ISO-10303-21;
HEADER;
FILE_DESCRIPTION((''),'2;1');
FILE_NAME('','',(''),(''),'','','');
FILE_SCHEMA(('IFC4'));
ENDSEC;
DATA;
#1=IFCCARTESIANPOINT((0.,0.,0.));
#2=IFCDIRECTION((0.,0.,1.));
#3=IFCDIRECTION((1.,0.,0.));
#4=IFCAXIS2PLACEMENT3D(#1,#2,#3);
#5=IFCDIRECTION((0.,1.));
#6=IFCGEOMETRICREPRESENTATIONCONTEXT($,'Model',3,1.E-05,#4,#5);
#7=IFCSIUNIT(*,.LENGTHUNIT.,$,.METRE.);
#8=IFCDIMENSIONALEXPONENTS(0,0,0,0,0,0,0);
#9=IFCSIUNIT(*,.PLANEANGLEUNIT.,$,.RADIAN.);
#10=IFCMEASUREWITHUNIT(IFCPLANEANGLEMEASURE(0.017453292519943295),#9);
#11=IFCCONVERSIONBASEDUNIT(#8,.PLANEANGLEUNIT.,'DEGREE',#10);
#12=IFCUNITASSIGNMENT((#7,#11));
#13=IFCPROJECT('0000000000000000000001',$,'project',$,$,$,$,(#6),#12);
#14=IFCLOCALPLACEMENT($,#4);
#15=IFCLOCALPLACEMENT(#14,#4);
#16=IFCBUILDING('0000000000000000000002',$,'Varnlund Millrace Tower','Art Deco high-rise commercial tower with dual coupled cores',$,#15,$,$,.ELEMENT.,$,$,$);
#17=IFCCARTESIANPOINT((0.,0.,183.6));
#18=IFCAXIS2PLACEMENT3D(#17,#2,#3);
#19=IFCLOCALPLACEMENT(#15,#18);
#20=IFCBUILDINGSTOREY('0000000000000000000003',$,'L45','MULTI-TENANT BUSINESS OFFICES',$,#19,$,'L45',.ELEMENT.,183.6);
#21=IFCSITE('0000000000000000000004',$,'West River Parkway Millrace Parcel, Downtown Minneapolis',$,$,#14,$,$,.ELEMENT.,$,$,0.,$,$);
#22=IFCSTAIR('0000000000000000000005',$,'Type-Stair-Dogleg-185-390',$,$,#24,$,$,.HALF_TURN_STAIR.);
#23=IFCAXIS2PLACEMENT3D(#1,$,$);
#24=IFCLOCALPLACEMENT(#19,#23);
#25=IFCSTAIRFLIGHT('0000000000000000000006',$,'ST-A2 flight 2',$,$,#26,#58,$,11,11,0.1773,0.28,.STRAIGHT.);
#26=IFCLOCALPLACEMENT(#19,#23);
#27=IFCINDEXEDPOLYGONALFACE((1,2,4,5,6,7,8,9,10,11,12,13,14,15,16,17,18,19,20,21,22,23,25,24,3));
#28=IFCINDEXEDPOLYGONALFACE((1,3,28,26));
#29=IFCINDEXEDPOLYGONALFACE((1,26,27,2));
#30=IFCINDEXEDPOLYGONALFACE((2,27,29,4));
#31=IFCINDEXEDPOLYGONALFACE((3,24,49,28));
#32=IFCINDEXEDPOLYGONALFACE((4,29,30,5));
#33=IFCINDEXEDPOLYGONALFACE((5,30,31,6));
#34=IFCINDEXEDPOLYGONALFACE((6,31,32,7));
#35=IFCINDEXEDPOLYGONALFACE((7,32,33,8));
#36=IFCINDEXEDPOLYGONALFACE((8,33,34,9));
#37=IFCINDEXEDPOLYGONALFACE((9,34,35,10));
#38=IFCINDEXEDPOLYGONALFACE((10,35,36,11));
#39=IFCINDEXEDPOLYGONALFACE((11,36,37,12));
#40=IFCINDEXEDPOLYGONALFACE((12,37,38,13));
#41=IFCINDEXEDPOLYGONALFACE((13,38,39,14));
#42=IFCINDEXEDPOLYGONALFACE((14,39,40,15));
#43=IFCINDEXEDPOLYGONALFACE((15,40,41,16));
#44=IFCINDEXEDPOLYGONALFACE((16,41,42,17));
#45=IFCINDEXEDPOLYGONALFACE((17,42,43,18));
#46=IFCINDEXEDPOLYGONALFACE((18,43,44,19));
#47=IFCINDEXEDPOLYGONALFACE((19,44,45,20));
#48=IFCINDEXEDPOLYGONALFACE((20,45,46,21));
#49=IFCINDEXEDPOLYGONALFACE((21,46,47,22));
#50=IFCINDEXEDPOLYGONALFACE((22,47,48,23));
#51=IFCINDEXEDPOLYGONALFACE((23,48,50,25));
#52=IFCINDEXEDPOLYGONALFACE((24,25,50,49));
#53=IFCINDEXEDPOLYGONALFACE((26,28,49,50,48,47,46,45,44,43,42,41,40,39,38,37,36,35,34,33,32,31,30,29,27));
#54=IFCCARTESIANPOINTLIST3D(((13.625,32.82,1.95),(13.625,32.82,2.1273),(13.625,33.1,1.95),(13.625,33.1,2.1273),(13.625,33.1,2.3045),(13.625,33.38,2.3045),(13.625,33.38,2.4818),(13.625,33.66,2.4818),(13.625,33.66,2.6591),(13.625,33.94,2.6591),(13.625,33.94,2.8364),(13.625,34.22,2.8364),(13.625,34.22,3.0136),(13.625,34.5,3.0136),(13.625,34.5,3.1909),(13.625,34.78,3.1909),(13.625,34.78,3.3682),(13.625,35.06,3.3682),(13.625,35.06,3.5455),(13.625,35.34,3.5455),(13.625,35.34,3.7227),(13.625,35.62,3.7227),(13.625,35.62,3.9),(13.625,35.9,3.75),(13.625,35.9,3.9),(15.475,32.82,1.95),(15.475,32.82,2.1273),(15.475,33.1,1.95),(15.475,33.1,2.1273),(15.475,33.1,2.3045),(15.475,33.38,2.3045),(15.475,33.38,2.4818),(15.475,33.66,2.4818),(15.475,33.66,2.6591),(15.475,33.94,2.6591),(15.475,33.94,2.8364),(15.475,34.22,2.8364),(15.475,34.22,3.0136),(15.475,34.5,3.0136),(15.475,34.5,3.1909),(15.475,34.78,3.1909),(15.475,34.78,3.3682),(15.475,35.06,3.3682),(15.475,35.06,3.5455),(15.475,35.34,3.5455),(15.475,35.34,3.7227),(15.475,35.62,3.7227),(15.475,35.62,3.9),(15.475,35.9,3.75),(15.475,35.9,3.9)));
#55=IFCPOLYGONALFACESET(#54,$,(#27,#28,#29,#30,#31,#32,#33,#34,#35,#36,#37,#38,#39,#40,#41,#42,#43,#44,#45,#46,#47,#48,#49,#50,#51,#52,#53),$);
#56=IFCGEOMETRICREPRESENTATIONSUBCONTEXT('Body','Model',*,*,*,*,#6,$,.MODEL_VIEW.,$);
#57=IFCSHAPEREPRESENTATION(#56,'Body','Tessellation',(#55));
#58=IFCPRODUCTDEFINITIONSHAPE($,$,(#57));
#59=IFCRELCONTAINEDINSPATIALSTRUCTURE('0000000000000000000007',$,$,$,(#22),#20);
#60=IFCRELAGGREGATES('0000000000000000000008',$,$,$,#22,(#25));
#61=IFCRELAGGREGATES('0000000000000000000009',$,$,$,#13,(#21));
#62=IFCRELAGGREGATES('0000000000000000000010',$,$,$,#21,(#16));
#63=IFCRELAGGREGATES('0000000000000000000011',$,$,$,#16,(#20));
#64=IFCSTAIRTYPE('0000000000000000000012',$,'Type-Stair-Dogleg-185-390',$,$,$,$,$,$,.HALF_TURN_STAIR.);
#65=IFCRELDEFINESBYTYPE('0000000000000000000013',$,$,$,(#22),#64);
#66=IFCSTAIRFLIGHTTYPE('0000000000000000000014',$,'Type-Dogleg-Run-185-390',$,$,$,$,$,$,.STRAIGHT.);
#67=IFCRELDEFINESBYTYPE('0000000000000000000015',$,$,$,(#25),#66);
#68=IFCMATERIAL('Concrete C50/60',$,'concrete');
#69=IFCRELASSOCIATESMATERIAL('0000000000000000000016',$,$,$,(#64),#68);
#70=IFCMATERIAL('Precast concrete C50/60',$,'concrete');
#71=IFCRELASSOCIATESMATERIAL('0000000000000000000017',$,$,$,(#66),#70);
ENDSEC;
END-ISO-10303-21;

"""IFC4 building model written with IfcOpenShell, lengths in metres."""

from ifc_helpers import new_model, entity, si_unit, converted_unit, direction, frame, origin_with_axes, place, context, subcontext, project, spatial, polyline, outline, extrude, material, type_object, element, aggregate, save


model = new_model("IFC4")

# Units and contexts
model_context = context("Model", 3, precision=1e-05, world=origin_with_axes(), true_north=direction((0.0, 1.0)))
body_context = subcontext(model_context, "Body", "Model", "MODEL_VIEW")
ifc_project = project(units=[si_unit("LENGTHUNIT", "METRE"), converted_unit("PLANEANGLEUNIT", "DEGREE", entity("IfcPlaneAngleMeasure", 0.017453292519943295), si_unit("PLANEANGLEUNIT", "RADIAN"), dimensions=[0, 0, 0, 0, 0, 0, 0])], contexts=[model_context])

# Site, building, storey
site_placement = place(None, origin_with_axes())
site = spatial("IfcSite", under=ifc_project, at=site_placement, Name="West River Parkway Millrace Parcel, Downtown Minneapolis", CompositionType="ELEMENT", RefElevation=0.0)
building_placement = place(site_placement, origin_with_axes())
building = spatial("IfcBuilding", under=site, at=building_placement, Name="Varnlund Millrace Tower", Description="Art Deco high-rise commercial tower with dual coupled cores", CompositionType="ELEMENT")
storey_placement = place(building_placement, frame((0.0, 0.0, 183.6), z_axis=(0.0, 0.0, 1.0), x_axis=(1.0, 0.0, 0.0)))
storey = spatial("IfcBuildingStorey", under=building, at=storey_placement, Name="L45", Description="MULTI-TENANT BUSINESS OFFICES", LongName="L45", CompositionType="ELEMENT", Elevation=183.6)

# Shared definitions
ifc_material_1 = material(Name="Precast concrete C50/60", Category="concrete")

# Stair, stair flight
ifc_material_2 = material(Name="Concrete C50/60", Category="concrete")
stair_type = type_object("IfcStairType", Name="Type-Stair-Dogleg-185-390", PredefinedType="HALF_TURN_STAIR", material=ifc_material_2)
stair_placement = place(storey_placement, origin_with_axes())
stair = element("IfcStair", 1, at=stair_placement, inside=storey, type_object=stair_type, Name="Type-Stair-Dogleg-185-390", PredefinedType="HALF_TURN_STAIR")
stair_flight_type = type_object("IfcStairFlightType", Name="Type-Dogleg-Run-185-390", PredefinedType="STRAIGHT", material=ifc_material_1)
stair_flight_placement = place(storey_placement, frame((13.625, 32.82, 1.95), z_axis=(1.0, 0.0, 0.0), x_axis=(0.0, 1.0, 0.0)))
stair_flight = element("IfcStairFlight", 2, at=stair_flight_placement, type_object=stair_flight_type, Name="ST-A2 flight 2", NumberOfRisers=11, NumberOfTreads=11, PredefinedType="STRAIGHT", RiserHeight=0.1773, TreadLength=0.28, context=body_context, shape_type="SweptSolid", body=[
    extrude(outline(polyline([(0.0, 0.0), (0.0, 0.1773), (0.28, 0.1773), (0.28, 0.3545), (0.56, 0.3545), (0.56, 0.5318), (0.84, 0.5318), (0.84, 0.7091), (1.12, 0.7091), (1.12, 0.8864), (1.4, 0.8864), (1.4, 1.0636), (1.68, 1.0636), (1.68, 1.2409), (1.96, 1.2409), (1.96, 1.4182), (2.24, 1.4182), (2.24, 1.5955), (2.52, 1.5955), (2.52, 1.7727), (2.8, 1.7727), (2.8, 1.95), (3.08, 1.95), (3.08, 1.8), (0.28, 0.0), (0.0, 0.0)])), origin_with_axes(), (0.0, 0.0, 1.0), 1.85),
])
aggregate(stair, [stair_flight])

save(model, "model.ifc")
